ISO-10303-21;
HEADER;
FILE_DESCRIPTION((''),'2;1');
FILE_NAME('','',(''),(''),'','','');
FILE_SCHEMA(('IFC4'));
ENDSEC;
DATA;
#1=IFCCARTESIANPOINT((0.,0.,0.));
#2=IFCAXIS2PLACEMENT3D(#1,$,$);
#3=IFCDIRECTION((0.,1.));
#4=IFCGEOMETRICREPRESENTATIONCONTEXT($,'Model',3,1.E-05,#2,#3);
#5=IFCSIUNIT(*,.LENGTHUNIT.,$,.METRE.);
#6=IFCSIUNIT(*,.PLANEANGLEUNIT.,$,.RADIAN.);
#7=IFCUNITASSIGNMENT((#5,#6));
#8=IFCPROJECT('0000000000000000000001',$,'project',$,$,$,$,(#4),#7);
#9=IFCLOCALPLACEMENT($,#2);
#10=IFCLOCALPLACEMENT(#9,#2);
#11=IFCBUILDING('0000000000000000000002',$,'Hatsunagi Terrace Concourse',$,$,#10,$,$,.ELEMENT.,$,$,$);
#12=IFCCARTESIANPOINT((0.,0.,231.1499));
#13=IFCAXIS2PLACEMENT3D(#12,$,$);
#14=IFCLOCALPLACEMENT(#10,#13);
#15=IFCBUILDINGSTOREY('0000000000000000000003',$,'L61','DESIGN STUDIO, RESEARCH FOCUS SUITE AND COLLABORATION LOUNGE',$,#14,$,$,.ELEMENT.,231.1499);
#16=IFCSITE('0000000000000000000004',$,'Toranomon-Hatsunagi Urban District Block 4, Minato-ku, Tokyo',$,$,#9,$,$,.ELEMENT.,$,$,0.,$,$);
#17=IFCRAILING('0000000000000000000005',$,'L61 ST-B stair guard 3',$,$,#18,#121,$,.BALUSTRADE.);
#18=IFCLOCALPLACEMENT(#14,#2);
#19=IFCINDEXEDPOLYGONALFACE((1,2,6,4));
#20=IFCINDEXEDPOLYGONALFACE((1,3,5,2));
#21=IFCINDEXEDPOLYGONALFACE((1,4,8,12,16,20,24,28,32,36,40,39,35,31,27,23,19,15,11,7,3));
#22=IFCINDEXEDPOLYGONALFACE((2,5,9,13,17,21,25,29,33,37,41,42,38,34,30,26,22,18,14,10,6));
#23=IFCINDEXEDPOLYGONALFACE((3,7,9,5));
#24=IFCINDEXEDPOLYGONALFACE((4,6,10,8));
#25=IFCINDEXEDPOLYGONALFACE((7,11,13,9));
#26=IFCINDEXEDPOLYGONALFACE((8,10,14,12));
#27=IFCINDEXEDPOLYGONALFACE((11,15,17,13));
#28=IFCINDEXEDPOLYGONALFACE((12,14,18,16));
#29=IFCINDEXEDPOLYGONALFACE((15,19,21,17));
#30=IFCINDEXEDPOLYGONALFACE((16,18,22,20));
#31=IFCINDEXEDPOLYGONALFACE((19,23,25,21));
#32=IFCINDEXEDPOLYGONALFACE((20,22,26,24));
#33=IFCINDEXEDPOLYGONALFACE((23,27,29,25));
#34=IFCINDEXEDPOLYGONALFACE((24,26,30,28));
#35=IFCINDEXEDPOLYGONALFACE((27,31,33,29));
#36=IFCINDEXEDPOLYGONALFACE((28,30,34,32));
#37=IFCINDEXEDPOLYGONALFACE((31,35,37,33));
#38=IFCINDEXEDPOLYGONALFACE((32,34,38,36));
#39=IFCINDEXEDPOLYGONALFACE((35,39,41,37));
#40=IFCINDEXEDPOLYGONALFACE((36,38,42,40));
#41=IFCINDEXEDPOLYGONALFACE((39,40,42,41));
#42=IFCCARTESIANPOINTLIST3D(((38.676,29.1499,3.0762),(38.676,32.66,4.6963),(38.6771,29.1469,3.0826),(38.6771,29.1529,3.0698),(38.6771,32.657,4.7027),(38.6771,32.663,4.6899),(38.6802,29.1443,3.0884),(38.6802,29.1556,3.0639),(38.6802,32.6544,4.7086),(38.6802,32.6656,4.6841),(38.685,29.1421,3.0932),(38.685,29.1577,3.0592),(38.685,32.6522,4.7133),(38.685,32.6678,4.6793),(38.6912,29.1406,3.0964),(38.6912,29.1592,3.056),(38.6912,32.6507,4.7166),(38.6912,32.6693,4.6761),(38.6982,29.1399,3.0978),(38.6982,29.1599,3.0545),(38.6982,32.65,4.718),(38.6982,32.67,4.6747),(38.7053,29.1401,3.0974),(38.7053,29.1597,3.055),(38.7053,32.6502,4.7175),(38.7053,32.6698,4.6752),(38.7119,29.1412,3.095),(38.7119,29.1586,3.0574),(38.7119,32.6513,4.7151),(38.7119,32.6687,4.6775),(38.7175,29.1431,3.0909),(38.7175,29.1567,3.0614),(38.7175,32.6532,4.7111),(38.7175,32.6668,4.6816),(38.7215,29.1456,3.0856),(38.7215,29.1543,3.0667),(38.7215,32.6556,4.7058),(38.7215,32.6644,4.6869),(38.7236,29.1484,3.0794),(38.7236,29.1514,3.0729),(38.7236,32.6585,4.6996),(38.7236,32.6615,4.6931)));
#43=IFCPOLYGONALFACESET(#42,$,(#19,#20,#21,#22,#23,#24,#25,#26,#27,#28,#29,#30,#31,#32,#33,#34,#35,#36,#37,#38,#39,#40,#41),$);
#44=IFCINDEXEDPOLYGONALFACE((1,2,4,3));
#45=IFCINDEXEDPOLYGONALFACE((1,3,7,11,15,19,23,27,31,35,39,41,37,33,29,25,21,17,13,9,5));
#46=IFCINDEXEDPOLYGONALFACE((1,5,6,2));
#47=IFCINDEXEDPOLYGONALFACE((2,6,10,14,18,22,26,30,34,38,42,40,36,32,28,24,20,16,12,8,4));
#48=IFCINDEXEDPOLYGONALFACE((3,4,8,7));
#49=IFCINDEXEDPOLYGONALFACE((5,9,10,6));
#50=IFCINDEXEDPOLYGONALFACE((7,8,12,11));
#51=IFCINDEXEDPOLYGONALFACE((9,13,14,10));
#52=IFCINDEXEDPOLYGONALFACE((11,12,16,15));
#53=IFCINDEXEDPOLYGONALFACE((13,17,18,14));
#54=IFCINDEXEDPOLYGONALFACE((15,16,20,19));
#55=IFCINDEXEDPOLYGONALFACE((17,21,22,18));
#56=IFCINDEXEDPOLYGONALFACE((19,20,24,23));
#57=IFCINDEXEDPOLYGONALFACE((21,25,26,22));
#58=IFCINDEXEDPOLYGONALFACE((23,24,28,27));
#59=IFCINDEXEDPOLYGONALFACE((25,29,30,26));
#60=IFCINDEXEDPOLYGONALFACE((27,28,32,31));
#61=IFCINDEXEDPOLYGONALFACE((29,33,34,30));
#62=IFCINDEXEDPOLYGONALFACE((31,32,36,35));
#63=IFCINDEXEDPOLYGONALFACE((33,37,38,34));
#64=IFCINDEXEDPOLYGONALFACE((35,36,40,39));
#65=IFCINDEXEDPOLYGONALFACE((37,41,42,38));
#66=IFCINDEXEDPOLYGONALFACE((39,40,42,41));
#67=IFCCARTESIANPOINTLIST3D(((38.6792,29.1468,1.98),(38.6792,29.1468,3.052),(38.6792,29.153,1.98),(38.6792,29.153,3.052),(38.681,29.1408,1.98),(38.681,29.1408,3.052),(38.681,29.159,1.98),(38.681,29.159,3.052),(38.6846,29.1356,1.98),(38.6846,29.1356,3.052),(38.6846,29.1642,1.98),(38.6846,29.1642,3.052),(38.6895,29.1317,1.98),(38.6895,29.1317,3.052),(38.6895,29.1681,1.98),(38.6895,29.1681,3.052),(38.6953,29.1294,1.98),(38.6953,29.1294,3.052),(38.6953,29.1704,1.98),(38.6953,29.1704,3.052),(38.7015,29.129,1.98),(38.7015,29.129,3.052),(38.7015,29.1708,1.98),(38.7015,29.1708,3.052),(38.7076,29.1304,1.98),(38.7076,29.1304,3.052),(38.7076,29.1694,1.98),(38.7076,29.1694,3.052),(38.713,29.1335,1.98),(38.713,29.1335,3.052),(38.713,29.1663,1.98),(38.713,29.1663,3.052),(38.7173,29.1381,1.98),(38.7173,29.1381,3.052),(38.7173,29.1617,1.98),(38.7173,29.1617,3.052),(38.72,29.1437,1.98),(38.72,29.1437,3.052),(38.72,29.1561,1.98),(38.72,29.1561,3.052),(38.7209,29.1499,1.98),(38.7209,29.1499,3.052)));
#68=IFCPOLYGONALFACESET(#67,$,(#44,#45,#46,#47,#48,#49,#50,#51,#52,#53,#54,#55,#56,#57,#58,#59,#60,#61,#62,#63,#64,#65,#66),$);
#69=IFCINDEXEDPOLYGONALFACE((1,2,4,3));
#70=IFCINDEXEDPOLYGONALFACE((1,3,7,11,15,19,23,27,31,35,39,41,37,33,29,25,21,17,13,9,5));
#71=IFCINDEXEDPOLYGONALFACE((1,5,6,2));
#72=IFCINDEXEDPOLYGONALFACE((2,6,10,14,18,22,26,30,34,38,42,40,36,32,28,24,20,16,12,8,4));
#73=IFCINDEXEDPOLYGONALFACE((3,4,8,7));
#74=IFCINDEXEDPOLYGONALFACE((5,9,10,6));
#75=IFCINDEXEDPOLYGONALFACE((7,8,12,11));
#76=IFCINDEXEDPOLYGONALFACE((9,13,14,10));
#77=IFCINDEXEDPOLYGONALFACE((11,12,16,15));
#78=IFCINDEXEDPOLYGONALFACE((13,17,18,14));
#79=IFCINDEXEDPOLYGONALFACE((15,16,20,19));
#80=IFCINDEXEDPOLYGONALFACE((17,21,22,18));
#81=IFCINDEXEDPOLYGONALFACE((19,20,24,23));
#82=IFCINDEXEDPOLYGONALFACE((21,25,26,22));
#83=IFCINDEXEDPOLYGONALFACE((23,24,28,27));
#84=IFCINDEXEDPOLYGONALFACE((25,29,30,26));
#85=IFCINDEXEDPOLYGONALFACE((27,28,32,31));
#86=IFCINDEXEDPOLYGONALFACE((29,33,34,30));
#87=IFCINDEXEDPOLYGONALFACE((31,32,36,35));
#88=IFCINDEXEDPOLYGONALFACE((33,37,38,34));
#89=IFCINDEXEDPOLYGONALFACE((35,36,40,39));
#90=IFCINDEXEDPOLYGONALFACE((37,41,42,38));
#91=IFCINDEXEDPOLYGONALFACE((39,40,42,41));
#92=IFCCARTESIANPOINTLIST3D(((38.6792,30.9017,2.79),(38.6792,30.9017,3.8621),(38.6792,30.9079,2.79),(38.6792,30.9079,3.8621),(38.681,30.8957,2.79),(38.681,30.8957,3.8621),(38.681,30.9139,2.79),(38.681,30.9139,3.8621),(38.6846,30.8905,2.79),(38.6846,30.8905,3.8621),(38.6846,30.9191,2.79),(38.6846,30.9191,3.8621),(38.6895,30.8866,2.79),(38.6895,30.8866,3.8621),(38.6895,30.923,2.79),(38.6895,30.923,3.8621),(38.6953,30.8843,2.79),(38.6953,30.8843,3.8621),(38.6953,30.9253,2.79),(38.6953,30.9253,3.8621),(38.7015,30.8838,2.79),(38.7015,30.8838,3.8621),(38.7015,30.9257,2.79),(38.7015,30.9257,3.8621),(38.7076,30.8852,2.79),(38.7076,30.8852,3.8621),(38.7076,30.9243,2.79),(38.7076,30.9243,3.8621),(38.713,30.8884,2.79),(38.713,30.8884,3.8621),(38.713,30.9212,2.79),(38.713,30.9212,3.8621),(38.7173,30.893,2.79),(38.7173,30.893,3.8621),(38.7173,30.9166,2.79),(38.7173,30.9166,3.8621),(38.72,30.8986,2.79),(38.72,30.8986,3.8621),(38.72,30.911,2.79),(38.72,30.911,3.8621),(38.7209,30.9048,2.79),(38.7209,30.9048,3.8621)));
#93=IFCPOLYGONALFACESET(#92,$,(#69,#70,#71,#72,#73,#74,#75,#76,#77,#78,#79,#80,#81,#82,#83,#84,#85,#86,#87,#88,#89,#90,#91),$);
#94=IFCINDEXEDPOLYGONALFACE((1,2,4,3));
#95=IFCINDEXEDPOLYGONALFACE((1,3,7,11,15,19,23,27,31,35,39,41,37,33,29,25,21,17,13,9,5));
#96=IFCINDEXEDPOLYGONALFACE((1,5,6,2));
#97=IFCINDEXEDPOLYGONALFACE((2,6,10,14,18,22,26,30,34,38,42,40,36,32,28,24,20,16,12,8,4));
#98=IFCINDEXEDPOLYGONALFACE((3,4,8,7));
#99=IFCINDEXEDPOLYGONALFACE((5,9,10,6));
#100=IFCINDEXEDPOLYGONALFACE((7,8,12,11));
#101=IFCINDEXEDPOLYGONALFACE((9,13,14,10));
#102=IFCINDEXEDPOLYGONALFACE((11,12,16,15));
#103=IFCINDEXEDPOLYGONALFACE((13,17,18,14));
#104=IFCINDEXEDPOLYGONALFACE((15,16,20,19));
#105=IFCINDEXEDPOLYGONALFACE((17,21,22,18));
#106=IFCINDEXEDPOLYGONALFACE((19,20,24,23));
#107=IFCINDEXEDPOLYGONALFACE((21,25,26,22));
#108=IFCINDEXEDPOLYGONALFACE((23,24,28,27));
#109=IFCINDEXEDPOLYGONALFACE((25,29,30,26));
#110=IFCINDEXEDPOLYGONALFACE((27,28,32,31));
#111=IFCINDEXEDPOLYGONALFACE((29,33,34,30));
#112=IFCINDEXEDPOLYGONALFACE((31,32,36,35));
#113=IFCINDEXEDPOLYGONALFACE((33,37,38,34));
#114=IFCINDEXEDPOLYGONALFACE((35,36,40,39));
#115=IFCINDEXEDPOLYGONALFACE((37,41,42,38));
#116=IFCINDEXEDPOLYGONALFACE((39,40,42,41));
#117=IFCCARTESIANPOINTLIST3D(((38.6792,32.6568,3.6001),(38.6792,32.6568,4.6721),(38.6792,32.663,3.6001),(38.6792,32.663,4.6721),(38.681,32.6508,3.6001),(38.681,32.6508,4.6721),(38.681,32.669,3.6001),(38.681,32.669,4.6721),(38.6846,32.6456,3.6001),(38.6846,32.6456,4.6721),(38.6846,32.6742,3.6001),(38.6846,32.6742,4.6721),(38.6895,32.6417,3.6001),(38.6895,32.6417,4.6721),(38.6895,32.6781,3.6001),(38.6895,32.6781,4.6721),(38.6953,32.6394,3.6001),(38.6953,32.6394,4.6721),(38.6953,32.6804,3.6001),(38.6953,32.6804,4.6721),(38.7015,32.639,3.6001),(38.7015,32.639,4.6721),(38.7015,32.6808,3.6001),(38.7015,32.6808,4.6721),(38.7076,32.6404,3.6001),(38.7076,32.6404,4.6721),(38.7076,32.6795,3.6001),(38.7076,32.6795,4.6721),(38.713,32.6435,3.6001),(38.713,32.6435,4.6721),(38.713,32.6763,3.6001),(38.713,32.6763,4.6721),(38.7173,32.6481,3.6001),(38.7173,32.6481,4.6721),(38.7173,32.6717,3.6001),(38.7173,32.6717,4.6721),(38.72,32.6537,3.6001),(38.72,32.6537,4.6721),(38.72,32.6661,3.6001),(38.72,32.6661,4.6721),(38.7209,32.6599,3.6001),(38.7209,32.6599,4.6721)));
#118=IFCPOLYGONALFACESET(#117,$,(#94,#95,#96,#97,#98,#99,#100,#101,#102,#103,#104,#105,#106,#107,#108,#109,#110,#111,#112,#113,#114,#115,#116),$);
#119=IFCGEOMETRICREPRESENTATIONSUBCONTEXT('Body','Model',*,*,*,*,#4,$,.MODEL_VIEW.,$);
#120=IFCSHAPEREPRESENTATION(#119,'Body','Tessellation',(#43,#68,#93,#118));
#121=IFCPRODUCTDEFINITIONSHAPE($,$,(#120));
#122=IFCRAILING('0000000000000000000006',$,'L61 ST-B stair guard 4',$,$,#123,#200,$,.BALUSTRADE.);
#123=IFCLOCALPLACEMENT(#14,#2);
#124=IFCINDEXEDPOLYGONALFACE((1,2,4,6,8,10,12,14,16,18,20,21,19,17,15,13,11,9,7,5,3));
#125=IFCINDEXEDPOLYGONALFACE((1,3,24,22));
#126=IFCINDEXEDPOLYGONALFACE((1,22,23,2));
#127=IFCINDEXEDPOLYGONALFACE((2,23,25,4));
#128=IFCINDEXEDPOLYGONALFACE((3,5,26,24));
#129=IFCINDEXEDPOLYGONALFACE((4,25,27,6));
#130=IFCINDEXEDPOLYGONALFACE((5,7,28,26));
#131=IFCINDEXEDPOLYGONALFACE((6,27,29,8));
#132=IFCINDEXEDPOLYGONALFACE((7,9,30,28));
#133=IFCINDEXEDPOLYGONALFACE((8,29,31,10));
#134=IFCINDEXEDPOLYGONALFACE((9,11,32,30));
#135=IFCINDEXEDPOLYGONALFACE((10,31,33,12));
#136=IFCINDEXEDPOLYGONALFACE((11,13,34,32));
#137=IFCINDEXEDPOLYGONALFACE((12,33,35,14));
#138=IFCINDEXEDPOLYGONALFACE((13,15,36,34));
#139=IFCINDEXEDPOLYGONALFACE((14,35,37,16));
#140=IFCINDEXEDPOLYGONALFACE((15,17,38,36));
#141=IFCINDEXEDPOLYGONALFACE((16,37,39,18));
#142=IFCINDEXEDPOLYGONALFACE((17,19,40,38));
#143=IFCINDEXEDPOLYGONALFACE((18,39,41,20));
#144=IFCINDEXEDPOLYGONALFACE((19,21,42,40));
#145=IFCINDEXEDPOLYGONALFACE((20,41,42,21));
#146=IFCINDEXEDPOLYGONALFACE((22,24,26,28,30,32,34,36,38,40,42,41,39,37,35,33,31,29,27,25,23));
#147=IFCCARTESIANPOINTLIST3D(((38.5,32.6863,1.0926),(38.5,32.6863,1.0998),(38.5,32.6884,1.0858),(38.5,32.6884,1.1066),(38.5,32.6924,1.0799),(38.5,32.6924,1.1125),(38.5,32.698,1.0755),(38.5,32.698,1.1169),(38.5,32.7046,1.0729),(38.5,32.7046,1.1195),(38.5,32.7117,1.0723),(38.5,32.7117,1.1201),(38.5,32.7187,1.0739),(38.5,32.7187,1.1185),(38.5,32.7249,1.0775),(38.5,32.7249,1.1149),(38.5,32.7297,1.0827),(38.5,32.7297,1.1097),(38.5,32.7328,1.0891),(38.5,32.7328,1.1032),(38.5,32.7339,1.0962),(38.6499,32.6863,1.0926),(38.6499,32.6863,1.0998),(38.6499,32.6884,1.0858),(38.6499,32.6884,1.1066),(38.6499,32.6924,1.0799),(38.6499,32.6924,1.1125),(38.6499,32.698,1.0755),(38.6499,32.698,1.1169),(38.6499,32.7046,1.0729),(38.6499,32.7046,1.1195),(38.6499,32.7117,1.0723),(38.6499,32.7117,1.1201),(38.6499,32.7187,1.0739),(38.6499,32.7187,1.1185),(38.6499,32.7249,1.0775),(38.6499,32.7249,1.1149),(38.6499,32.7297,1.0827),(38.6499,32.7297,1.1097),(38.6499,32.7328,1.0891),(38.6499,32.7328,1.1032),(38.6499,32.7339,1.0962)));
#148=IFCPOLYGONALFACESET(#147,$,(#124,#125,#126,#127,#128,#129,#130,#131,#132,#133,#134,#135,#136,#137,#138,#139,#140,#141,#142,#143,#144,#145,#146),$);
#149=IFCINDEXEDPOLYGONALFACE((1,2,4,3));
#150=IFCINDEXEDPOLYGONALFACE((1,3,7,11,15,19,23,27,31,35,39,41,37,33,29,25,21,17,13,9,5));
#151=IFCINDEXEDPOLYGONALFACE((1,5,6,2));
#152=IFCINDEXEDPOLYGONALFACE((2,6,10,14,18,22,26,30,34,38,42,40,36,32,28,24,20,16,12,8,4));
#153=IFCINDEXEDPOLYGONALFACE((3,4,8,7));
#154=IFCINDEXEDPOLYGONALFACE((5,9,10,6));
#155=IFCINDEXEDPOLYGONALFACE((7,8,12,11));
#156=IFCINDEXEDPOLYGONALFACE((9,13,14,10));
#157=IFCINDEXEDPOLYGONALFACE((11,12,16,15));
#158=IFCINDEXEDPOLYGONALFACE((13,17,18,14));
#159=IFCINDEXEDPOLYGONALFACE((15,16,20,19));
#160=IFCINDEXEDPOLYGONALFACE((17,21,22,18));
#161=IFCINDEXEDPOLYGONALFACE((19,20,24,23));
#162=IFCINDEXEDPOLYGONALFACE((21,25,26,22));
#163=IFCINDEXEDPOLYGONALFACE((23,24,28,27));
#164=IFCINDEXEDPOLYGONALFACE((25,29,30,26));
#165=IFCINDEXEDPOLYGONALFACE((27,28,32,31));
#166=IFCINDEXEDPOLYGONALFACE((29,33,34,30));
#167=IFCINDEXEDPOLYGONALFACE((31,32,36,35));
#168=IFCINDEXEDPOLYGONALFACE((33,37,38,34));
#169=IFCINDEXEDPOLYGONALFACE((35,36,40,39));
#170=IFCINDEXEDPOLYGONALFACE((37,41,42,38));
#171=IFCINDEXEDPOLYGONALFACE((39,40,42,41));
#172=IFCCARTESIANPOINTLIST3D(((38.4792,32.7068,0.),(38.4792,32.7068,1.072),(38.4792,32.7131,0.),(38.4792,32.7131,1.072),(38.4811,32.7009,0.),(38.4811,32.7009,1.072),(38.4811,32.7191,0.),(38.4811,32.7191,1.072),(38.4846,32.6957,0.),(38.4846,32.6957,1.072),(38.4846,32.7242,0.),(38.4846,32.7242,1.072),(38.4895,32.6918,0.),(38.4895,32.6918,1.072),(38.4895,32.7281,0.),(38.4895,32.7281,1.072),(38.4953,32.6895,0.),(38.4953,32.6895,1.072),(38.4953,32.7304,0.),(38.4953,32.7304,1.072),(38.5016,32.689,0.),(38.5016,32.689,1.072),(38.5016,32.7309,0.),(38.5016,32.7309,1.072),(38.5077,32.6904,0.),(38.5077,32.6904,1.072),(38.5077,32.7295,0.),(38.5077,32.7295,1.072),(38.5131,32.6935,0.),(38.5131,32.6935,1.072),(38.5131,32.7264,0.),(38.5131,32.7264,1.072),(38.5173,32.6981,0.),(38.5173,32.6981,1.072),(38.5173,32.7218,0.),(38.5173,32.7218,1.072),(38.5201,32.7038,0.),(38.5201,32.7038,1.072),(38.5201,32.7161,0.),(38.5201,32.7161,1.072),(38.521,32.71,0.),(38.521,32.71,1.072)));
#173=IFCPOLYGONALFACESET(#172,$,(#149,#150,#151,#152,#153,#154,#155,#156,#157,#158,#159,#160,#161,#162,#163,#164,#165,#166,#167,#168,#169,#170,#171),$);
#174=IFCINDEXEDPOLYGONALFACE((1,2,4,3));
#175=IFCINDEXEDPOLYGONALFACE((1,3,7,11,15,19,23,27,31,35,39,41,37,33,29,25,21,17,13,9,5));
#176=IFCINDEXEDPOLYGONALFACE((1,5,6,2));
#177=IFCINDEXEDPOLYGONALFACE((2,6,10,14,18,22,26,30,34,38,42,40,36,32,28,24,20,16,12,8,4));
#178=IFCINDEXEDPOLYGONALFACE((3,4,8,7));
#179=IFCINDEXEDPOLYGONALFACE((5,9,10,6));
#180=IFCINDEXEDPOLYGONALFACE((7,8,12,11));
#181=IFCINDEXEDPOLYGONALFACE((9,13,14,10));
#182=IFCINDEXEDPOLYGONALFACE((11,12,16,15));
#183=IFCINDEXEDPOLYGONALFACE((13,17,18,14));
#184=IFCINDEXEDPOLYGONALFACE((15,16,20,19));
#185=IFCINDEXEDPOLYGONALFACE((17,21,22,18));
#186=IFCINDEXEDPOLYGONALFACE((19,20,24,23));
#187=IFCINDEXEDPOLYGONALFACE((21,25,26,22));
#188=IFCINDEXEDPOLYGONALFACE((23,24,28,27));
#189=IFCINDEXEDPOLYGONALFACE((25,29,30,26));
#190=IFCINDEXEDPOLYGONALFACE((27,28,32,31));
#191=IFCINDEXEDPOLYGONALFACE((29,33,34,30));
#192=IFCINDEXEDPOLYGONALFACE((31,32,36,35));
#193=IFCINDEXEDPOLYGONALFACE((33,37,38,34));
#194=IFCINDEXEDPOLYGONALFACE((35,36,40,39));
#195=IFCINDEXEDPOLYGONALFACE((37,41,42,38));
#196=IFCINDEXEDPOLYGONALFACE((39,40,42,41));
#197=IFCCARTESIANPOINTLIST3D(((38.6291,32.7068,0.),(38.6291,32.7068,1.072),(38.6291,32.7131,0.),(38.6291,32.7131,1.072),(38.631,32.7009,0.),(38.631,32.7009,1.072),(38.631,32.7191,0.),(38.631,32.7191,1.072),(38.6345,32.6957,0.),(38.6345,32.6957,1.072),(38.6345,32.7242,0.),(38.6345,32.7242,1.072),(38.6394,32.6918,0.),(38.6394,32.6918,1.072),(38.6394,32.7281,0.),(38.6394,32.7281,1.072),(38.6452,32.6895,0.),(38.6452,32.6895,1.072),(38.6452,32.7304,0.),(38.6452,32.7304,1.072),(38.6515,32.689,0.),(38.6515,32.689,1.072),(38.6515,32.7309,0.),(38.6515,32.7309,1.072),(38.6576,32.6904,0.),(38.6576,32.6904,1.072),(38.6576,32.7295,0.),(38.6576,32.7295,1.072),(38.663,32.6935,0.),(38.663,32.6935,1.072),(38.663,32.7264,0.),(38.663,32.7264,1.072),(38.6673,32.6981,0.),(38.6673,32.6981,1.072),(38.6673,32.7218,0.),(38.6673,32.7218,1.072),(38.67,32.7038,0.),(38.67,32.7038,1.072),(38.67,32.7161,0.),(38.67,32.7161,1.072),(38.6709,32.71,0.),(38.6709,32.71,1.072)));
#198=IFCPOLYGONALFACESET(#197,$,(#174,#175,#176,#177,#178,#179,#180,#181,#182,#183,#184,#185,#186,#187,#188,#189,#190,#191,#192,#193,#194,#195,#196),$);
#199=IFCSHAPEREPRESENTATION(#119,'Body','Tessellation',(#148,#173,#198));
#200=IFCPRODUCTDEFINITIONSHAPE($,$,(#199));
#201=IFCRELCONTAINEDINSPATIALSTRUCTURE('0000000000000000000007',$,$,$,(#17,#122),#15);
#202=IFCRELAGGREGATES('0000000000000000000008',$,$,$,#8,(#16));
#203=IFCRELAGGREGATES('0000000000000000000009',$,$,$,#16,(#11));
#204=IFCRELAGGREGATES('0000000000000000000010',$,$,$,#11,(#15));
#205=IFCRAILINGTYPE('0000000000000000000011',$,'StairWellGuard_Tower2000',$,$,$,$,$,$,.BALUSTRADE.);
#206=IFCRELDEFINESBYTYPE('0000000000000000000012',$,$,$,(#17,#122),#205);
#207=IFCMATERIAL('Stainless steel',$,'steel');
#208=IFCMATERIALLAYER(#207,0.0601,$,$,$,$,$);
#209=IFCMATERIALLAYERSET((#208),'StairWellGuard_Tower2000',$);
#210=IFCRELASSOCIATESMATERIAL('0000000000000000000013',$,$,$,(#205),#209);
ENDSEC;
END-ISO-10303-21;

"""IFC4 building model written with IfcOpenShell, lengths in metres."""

from ifc_helpers import new_model, si_unit, direction, frame, origin, origin_2d, place, context, subcontext, project, spatial, circle, extrude, material, layer, layer_set, type_object, element, save


model = new_model("IFC4")

# Units and contexts
model_context = context("Model", 3, precision=1e-05, world=origin(), true_north=direction((0.0, 1.0)))
body_context = subcontext(model_context, "Body", "Model", "MODEL_VIEW")
ifc_project = project(units=[si_unit("LENGTHUNIT", "METRE"), si_unit("PLANEANGLEUNIT", "RADIAN")], contexts=[model_context])

# Site, building, storey
site_placement = place(None, origin())
site = spatial("IfcSite", under=ifc_project, at=site_placement, Name="Toranomon-Hatsunagi Urban District Block 4, Minato-ku, Tokyo", CompositionType="ELEMENT", RefElevation=0.0)
building_placement = place(site_placement, origin())
building = spatial("IfcBuilding", under=site, at=building_placement, Name="Hatsunagi Terrace Concourse", CompositionType="ELEMENT")
storey_placement = place(building_placement, frame((0.0, 0.0, 231.1499)))
storey = spatial("IfcBuildingStorey", under=building, at=storey_placement, Name="L61", Description="DESIGN STUDIO, RESEARCH FOCUS SUITE AND COLLABORATION LOUNGE", CompositionType="ELEMENT", Elevation=231.1499)

# Railings
ifc_material_1 = material(Name="Stainless steel", Category="steel")
ifc_layer_1 = layer(ifc_material_1, 0.0601)
ifc_layer_set_1 = layer_set([ifc_layer_1], Name="StairWellGuard_Tower2000")
railing_type_1 = type_object("IfcRailingType", Name="StairWellGuard_Tower2000", PredefinedType="BALUSTRADE", material=ifc_layer_set_1)
railing_1_placement = place(storey_placement, frame((38.7, 29.1499, 1.98)))
element("IfcRailing", 1, at=railing_1_placement, inside=storey, type_object=railing_type_1, Name="L61 ST-B stair guard 3", PredefinedType="BALUSTRADE", context=body_context, shape_type="SweptSolid", body=[
    extrude(circle(Radius=0.0239, at=origin_2d()), frame((0.0, 0.0, 1.0962), z_axis=(0.0, 0.907948, 0.419082), x_axis=(-1.0, 0.0, 0.0)), (0.0, 0.0, 1.0), 3.866),
    extrude(circle(Radius=0.021, at=origin_2d()), origin(), (0.0, 0.0, 1.0), 1.072),
    extrude(circle(Radius=0.021, at=origin_2d()), frame((0.0, 1.7549, 0.8101)), (0.0, 0.0, 1.0), 1.072),
    extrude(circle(Radius=0.021, at=origin_2d()), frame((0.0, 3.51, 1.6201)), (0.0, 0.0, 1.0), 1.072),
])
railing_2_placement = place(storey_placement, frame((38.5, 32.71, 0.0)))
element("IfcRailing", 2, at=railing_2_placement, inside=storey, type_object=railing_type_1, Name="L61 ST-B stair guard 4", PredefinedType="BALUSTRADE", context=body_context, shape_type="SweptSolid", body=[
    extrude(circle(Radius=0.0239, at=origin_2d()), frame((0.0, 0.0, 1.0962), z_axis=(1.0, 0.0, 0.0), x_axis=(0.0, 1.0, 0.0)), (0.0, 0.0, 1.0), 0.1499),
    extrude(circle(Radius=0.021, at=origin_2d()), origin(), (0.0, 0.0, 1.0), 1.072),
    extrude(circle(Radius=0.021, at=origin_2d()), frame((0.1499, 0.0, 0.0)), (0.0, 0.0, 1.0), 1.072),
])

save(model, "model.ifc")
